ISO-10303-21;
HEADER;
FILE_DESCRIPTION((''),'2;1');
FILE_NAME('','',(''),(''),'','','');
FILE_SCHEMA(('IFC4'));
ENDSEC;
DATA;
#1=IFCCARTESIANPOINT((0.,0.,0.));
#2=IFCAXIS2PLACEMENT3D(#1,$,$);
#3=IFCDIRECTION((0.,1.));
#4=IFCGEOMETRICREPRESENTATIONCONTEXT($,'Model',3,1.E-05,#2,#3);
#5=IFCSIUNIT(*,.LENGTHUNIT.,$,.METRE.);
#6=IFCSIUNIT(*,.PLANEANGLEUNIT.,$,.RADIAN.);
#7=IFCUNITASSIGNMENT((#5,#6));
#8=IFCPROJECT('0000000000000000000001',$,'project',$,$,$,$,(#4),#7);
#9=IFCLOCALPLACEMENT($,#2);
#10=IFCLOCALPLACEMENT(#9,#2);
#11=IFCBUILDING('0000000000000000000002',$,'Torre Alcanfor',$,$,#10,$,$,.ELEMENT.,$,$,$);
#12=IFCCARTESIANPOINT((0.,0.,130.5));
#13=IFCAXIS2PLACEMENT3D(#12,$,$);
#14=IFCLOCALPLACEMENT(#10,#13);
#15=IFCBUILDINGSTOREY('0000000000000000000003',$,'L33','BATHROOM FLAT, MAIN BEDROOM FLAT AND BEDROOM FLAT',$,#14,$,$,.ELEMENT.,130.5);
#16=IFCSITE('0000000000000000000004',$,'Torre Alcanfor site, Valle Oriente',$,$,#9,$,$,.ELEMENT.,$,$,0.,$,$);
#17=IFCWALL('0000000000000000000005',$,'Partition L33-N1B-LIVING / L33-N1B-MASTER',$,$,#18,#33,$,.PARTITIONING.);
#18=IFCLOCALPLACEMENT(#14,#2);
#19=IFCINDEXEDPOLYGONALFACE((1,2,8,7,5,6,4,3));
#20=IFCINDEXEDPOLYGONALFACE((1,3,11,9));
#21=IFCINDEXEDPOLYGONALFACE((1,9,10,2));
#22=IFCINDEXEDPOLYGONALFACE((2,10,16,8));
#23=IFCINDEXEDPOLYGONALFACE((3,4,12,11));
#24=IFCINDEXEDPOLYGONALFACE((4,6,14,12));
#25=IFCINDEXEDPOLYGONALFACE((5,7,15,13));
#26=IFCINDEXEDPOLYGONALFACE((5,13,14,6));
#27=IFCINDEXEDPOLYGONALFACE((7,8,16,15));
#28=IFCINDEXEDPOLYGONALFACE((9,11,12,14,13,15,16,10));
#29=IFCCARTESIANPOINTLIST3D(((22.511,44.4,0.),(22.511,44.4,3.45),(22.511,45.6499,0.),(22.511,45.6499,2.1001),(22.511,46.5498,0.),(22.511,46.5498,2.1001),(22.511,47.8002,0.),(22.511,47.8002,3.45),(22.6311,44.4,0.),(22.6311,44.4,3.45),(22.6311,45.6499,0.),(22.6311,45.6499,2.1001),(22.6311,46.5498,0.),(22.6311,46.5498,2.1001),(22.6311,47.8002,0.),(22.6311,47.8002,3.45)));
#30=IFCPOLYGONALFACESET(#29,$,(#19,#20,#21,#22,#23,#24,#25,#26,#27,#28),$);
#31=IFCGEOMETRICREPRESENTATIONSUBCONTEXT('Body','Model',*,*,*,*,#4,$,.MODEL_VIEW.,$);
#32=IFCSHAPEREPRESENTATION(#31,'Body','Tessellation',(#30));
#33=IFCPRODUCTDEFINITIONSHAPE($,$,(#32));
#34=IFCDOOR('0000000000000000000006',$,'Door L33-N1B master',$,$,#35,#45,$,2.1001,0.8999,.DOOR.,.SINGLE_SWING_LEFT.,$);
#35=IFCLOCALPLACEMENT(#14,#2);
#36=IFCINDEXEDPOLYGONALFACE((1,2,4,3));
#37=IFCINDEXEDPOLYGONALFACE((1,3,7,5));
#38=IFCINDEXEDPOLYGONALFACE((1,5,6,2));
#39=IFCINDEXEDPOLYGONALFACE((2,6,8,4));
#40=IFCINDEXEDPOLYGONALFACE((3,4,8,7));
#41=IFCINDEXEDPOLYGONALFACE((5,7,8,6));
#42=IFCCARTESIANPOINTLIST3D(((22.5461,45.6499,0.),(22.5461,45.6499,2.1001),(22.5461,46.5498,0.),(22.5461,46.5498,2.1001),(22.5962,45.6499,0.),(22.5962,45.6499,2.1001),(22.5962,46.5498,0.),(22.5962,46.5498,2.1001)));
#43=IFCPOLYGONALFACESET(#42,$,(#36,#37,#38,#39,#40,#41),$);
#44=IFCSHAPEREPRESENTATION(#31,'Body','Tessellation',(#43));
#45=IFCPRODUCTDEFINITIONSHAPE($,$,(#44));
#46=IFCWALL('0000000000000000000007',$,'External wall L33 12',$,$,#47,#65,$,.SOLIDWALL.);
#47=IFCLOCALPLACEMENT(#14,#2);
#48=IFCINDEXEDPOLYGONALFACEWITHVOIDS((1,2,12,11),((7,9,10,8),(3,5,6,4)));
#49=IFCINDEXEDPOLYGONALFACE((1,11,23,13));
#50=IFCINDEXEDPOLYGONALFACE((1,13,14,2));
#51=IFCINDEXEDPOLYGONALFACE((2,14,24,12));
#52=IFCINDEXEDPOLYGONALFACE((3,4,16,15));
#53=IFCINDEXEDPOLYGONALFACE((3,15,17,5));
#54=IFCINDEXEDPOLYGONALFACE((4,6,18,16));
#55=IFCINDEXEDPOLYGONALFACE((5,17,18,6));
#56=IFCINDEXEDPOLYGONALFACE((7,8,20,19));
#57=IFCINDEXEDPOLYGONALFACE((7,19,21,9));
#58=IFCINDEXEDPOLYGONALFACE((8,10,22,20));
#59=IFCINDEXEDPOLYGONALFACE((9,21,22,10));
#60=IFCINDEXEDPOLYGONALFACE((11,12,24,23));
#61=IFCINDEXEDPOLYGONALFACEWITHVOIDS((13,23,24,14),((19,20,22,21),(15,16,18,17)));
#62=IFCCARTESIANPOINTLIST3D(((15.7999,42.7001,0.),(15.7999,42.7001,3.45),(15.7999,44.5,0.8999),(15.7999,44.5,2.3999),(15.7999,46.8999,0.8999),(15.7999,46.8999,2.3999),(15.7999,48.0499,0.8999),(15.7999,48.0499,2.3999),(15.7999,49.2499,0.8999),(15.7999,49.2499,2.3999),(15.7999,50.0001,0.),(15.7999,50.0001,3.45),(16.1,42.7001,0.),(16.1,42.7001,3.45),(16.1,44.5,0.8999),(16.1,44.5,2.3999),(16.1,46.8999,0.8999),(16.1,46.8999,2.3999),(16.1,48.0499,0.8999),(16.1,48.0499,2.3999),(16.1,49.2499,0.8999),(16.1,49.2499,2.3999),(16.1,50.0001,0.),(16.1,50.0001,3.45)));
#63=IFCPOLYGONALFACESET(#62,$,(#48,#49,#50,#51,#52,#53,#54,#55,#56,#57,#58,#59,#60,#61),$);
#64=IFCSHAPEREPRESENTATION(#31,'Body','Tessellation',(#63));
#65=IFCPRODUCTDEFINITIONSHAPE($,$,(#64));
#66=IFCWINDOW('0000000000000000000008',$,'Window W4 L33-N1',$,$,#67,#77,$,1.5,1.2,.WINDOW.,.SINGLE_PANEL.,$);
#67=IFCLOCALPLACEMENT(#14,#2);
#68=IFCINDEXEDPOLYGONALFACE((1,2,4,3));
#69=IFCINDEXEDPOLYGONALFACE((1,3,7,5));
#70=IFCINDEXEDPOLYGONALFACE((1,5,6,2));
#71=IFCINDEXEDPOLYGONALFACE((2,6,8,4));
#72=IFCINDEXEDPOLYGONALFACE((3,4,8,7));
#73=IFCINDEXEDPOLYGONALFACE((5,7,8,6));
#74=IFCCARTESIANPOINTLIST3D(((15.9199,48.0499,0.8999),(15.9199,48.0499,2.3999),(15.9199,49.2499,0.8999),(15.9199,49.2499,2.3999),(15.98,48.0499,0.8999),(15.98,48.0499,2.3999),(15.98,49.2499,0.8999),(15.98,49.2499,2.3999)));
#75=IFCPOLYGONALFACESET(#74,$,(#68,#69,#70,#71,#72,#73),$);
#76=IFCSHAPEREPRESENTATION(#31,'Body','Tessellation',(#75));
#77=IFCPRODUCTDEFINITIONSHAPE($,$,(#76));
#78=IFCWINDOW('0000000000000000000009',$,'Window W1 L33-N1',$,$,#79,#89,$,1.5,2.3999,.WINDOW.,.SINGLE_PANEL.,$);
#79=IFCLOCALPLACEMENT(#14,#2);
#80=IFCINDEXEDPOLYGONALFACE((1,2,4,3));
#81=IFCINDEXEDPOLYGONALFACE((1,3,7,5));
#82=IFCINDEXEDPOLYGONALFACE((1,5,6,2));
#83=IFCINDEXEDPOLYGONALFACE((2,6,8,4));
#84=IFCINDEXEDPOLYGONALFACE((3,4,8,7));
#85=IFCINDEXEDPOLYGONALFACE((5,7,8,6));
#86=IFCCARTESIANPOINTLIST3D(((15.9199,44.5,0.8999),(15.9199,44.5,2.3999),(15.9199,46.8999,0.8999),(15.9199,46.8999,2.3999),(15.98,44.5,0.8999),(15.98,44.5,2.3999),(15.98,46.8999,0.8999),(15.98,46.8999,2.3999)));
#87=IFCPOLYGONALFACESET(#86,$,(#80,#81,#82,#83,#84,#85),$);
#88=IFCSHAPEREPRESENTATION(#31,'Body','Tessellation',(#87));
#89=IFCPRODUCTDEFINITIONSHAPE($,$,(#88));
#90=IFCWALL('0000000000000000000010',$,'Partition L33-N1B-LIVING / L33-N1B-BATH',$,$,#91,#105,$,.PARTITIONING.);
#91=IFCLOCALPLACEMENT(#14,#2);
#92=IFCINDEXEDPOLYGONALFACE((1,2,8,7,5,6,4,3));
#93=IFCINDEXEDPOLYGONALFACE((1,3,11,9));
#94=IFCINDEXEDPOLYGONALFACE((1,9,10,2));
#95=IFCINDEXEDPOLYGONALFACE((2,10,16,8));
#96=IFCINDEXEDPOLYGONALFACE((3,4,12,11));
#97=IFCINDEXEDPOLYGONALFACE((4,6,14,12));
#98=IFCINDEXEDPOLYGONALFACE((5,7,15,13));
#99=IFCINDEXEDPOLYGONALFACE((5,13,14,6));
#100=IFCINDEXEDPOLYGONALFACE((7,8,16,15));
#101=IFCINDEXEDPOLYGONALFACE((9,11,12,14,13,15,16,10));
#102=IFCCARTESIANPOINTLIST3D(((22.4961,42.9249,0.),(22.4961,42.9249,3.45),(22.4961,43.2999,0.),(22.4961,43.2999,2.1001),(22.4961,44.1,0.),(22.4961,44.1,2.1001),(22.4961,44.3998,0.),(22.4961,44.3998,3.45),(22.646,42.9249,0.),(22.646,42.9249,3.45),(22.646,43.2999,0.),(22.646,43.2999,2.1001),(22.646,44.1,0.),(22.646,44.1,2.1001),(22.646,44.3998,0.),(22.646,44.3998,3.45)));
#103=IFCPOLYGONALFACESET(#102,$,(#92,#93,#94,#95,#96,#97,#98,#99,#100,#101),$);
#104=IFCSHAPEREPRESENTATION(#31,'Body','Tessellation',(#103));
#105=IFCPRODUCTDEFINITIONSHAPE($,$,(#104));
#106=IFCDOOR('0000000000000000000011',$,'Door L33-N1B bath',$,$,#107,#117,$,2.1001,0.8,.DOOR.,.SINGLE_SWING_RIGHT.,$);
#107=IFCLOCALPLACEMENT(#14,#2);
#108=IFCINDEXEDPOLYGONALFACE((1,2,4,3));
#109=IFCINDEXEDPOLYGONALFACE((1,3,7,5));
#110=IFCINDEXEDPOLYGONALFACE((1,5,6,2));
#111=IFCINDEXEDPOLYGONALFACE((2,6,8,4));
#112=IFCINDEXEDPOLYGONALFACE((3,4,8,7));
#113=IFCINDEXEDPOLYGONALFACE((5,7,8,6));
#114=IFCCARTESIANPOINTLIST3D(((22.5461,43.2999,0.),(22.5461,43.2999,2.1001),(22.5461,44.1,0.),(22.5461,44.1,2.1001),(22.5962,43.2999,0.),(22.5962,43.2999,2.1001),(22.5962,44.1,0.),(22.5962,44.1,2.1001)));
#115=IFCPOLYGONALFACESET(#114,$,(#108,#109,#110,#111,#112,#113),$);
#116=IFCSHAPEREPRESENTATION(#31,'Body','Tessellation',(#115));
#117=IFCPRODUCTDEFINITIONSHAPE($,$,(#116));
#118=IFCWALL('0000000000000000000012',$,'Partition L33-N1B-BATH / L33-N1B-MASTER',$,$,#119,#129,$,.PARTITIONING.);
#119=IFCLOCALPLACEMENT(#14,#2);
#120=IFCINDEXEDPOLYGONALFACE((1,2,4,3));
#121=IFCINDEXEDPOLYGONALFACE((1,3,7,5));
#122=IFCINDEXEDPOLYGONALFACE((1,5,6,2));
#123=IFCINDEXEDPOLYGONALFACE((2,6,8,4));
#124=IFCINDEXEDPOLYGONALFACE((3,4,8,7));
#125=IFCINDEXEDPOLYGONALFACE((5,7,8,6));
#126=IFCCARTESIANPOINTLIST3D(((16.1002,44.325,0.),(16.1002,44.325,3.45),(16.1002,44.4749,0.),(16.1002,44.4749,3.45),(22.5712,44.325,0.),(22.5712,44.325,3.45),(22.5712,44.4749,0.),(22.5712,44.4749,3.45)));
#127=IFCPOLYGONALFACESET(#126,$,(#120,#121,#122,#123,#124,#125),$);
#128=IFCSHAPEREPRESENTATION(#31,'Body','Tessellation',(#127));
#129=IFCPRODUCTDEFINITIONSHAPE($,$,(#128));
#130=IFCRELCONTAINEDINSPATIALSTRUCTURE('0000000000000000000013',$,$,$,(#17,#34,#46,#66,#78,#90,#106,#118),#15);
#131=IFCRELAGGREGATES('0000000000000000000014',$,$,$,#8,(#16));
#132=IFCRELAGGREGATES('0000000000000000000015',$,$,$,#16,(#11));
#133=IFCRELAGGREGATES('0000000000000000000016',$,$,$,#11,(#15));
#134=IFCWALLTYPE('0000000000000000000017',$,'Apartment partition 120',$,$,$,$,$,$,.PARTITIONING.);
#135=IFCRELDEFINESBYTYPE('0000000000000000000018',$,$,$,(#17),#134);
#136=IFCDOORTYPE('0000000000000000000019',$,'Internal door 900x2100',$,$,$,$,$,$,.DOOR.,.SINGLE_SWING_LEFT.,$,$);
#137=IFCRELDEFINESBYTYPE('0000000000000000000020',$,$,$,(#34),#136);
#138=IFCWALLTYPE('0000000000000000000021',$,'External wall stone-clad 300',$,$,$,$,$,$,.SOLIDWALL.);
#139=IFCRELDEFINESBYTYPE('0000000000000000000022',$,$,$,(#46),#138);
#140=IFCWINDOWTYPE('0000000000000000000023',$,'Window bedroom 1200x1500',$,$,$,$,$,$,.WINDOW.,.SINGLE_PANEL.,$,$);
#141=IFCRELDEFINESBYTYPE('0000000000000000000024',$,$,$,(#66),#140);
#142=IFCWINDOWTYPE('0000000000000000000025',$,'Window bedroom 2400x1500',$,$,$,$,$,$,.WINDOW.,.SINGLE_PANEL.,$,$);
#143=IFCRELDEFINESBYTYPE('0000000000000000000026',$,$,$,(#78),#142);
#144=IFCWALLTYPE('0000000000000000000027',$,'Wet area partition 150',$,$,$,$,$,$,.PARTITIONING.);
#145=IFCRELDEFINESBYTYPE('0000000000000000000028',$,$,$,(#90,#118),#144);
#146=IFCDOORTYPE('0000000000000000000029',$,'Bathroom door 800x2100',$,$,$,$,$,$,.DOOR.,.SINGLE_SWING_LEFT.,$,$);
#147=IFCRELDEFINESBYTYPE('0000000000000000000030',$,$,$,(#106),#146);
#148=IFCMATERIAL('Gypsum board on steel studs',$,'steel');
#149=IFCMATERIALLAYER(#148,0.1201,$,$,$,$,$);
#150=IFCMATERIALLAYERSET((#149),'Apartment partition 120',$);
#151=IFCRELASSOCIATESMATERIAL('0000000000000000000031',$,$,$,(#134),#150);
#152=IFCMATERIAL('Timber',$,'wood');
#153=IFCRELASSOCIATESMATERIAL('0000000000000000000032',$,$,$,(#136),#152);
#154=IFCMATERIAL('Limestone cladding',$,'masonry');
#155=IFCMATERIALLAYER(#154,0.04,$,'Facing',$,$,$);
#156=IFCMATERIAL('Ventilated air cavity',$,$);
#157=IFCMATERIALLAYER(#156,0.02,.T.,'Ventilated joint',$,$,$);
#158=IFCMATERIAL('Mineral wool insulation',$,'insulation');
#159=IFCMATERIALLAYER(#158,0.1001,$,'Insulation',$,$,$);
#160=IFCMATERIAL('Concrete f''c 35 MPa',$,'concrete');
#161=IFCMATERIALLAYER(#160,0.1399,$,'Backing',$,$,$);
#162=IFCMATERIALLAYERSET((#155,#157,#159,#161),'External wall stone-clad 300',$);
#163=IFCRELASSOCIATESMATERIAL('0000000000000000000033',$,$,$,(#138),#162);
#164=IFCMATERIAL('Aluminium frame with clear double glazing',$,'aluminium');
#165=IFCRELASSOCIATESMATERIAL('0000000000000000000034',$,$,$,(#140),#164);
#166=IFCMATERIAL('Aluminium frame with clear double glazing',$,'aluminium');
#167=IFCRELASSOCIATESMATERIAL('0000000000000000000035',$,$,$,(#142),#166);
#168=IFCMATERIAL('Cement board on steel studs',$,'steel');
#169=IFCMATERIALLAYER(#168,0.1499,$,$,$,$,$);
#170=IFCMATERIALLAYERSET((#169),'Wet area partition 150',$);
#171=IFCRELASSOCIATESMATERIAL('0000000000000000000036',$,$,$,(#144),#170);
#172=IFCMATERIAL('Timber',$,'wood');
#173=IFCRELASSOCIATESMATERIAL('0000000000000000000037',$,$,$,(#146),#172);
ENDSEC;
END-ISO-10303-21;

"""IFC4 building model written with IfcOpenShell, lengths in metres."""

from ifc_helpers import new_model, si_unit, direction, frame, frame_2d, origin, place, context, subcontext, project, spatial, rectangle, extrude, material, layer, layer_set, type_object, element, fill, save


model = new_model("IFC4")

# Units and contexts
model_context = context("Model", 3, precision=1e-05, world=origin(), true_north=direction((0.0, 1.0)))
body_context = subcontext(model_context, "Body", "Model", "MODEL_VIEW")
ifc_project = project(units=[si_unit("LENGTHUNIT", "METRE"), si_unit("PLANEANGLEUNIT", "RADIAN")], contexts=[model_context])

# Site, building, storey
site_placement = place(None, origin())
site = spatial("IfcSite", under=ifc_project, at=site_placement, Name="Torre Alcanfor site, Valle Oriente", CompositionType="ELEMENT", RefElevation=0.0)
building_placement = place(site_placement, origin())
building = spatial("IfcBuilding", under=site, at=building_placement, Name="Torre Alcanfor", CompositionType="ELEMENT")
storey_placement = place(building_placement, frame((0.0, 0.0, 130.5)))
storey = spatial("IfcBuildingStorey", under=building, at=storey_placement, Name="L33", Description="BATHROOM FLAT, MAIN BEDROOM FLAT AND BEDROOM FLAT", CompositionType="ELEMENT", Elevation=130.5)

# Wall, opening, door
ifc_material_1 = material(Name="Gypsum board on steel studs", Category="steel")
ifc_layer_1 = layer(ifc_material_1, 0.1201)
ifc_layer_set_1 = layer_set([ifc_layer_1], Name="Apartment partition 120")
wall_type_1 = type_object("IfcWallType", Name="Apartment partition 120", PredefinedType="PARTITIONING", material=ifc_layer_set_1)
wall_1_placement = place(storey_placement, frame((22.571, 44.3999, 0.0), z_axis=(0.0, 0.0, 1.0), x_axis=(0.0, 1.0, 0.0)))
wall_1 = element("IfcWall", 1, at=wall_1_placement, inside=storey, type_object=wall_type_1, Name="Partition L33-N1B-LIVING / L33-N1B-MASTER", PredefinedType="PARTITIONING", context=body_context, shape_type="SweptSolid", body=[
    extrude(rectangle(XDim=3.4001, YDim=0.1201, at=frame_2d((1.7002, 0.0))), origin(), (0.0, 0.0, 1.0), 3.45),
])
opening_1_placement = place(wall_1_placement, frame((1.25, 0.0, 0.0)))
opening_1 = element("IfcOpeningElement", 2, at=opening_1_placement, cuts=wall_1, PredefinedType="OPENING", context=body_context, shape_type="SweptSolid", body=[
    extrude(rectangle(XDim=0.8999, YDim=2.1001, at=frame_2d((0.45, 1.05))), frame((0.0, 0.0701, 0.0), z_axis=(0.0, -1.0, 0.0), x_axis=(1.0, 0.0, 0.0)), (0.0, 0.0, 1.0), 0.1401),
])
ifc_material_2 = material(Name="Timber", Category="wood")
door_type_1 = type_object("IfcDoorType", Name="Internal door 900x2100", OperationType="SINGLE_SWING_LEFT", PredefinedType="DOOR", material=ifc_material_2)
door_1_placement = place(opening_1_placement, origin())
door_1 = element("IfcDoor", 3, at=door_1_placement, inside=storey, type_object=door_type_1, Name="Door L33-N1B master", OperationType="SINGLE_SWING_LEFT", OverallHeight=2.1001, OverallWidth=0.8999, PredefinedType="DOOR", context=body_context, shape_type="SweptSolid", body=[
    extrude(rectangle(XDim=0.8999, YDim=2.1001, at=frame_2d((0.45, 1.05))), frame((0.0, 0.0249, 0.0), z_axis=(0.0, -1.0, 0.0), x_axis=(1.0, 0.0, 0.0)), (0.0, 0.0, 1.0), 0.05),
])
fill(opening_1, door_1)

# Wall, openings, windows
ifc_material_3 = material(Name="Limestone cladding", Category="masonry")
ifc_layer_2 = layer(ifc_material_3, 0.04, Name="Facing")
ifc_material_4 = material(Name="Ventilated air cavity")
ifc_layer_3 = layer(ifc_material_4, 0.02, ventilated=True, Name="Ventilated joint")
ifc_material_5 = material(Name="Mineral wool insulation", Category="insulation")
ifc_layer_4 = layer(ifc_material_5, 0.1001, Name="Insulation")
ifc_material_6 = material(Name="Concrete f'c 35 MPa", Category="concrete")
ifc_layer_5 = layer(ifc_material_6, 0.1399, Name="Backing")
ifc_layer_set_2 = layer_set([ifc_layer_2, ifc_layer_3, ifc_layer_4, ifc_layer_5], Name="External wall stone-clad 300")
wall_type_2 = type_object("IfcWallType", Name="External wall stone-clad 300", PredefinedType="SOLIDWALL", material=ifc_layer_set_2)
wall_2_placement = place(storey_placement, frame((15.95, 50.0, 0.0), z_axis=(0.0, 0.0, 1.0), x_axis=(0.0, -1.0, 0.0)))
wall_2 = element("IfcWall", 4, at=wall_2_placement, inside=storey, type_object=wall_type_2, Name="External wall L33 12", PredefinedType="SOLIDWALL", context=body_context, shape_type="SweptSolid", body=[
    extrude(rectangle(XDim=7.3, YDim=0.3, at=frame_2d((3.6499, 0.0))), origin(), (0.0, 0.0, 1.0), 3.45),
])
opening_2_placement = place(wall_2_placement, frame((3.1001, 0.0, 0.8999)))
opening_2 = element("IfcOpeningElement", 5, at=opening_2_placement, cuts=wall_2, PredefinedType="OPENING", context=body_context, shape_type="SweptSolid", body=[
    extrude(rectangle(XDim=2.3999, YDim=1.5, at=frame_2d((1.2, 0.75))), frame((0.0, 0.1599, 0.0), z_axis=(0.0, -1.0, 0.0), x_axis=(1.0, 0.0, 0.0)), (0.0, 0.0, 1.0), 0.3201),
])
opening_3_placement = place(wall_2_placement, frame((0.75, 0.0, 0.8999)))
opening_3 = element("IfcOpeningElement", 6, at=opening_3_placement, cuts=wall_2, PredefinedType="OPENING", context=body_context, shape_type="SweptSolid", body=[
    extrude(rectangle(XDim=1.2, YDim=1.5, at=frame_2d((0.6001, 0.75))), frame((0.0, 0.1599, 0.0), z_axis=(0.0, -1.0, 0.0), x_axis=(1.0, 0.0, 0.0)), (0.0, 0.0, 1.0), 0.3201),
])
ifc_material_7 = material(Name="Aluminium frame with clear double glazing", Category="aluminium")
window_type_1 = type_object("IfcWindowType", Name="Window bedroom 1200x1500", PartitioningType="SINGLE_PANEL", PredefinedType="WINDOW", material=ifc_material_7)
window_1_placement = place(opening_3_placement, origin())
window_1 = element("IfcWindow", 7, at=window_1_placement, inside=storey, type_object=window_type_1, Name="Window W4 L33-N1", OverallHeight=1.5, OverallWidth=1.2, PartitioningType="SINGLE_PANEL", PredefinedType="WINDOW", context=body_context, shape_type="SweptSolid", body=[
    extrude(rectangle(XDim=1.2, YDim=1.5, at=frame_2d((0.6001, 0.75))), frame((0.0, 0.03, 0.0), z_axis=(0.0, -1.0, 0.0), x_axis=(1.0, 0.0, 0.0)), (0.0, 0.0, 1.0), 0.0601),
])
fill(opening_3, window_1)
ifc_material_8 = material(Name="Aluminium frame with clear double glazing", Category="aluminium")
window_type_2 = type_object("IfcWindowType", Name="Window bedroom 2400x1500", PartitioningType="SINGLE_PANEL", PredefinedType="WINDOW", material=ifc_material_8)
window_2_placement = place(opening_2_placement, origin())
window_2 = element("IfcWindow", 8, at=window_2_placement, inside=storey, type_object=window_type_2, Name="Window W1 L33-N1", OverallHeight=1.5, OverallWidth=2.3999, PartitioningType="SINGLE_PANEL", PredefinedType="WINDOW", context=body_context, shape_type="SweptSolid", body=[
    extrude(rectangle(XDim=2.3999, YDim=1.5, at=frame_2d((1.2, 0.75))), frame((0.0, 0.03, 0.0), z_axis=(0.0, -1.0, 0.0), x_axis=(1.0, 0.0, 0.0)), (0.0, 0.0, 1.0), 0.0601),
])
fill(opening_2, window_2)

# Wall, opening, door
ifc_material_9 = material(Name="Cement board on steel studs", Category="steel")
ifc_layer_6 = layer(ifc_material_9, 0.1499)
ifc_layer_set_3 = layer_set([ifc_layer_6], Name="Wet area partition 150")
wall_type_3 = type_object("IfcWallType", Name="Wet area partition 150", PredefinedType="PARTITIONING", material=ifc_layer_set_3)
wall_3_placement = place(storey_placement, frame((22.571, 42.925, 0.0), z_axis=(0.0, 0.0, 1.0), x_axis=(0.0, 1.0, 0.0)))
wall_3 = element("IfcWall", 9, at=wall_3_placement, inside=storey, type_object=wall_type_3, Name="Partition L33-N1B-LIVING / L33-N1B-BATH", PredefinedType="PARTITIONING", context=body_context, shape_type="SweptSolid", body=[
    extrude(rectangle(XDim=1.4749, YDim=0.1499, at=frame_2d((0.7373, 0.0))), origin(), (0.0, 0.0, 1.0), 3.45),
])
opening_4_placement = place(wall_3_placement, frame((0.375, 0.0, 0.0)))
opening_4 = element("IfcOpeningElement", 10, at=opening_4_placement, cuts=wall_3, PredefinedType="OPENING", context=body_context, shape_type="SweptSolid", body=[
    extrude(rectangle(XDim=0.8, YDim=2.1001, at=frame_2d((0.3999, 1.05))), frame((0.0, 0.085, 0.0), z_axis=(0.0, -1.0, 0.0), x_axis=(1.0, 0.0, 0.0)), (0.0, 0.0, 1.0), 0.1699),
])
ifc_material_10 = material(Name="Timber", Category="wood")
door_type_2 = type_object("IfcDoorType", Name="Bathroom door 800x2100", OperationType="SINGLE_SWING_LEFT", PredefinedType="DOOR", material=ifc_material_10)
door_2_placement = place(opening_4_placement, origin())
door_2 = element("IfcDoor", 11, at=door_2_placement, inside=storey, type_object=door_type_2, Name="Door L33-N1B bath", OperationType="SINGLE_SWING_RIGHT", OverallHeight=2.1001, OverallWidth=0.8, PredefinedType="DOOR", context=body_context, shape_type="SweptSolid", body=[
    extrude(rectangle(XDim=0.8, YDim=2.1001, at=frame_2d((0.3999, 1.05))), frame((0.0, 0.0249, 0.0), z_axis=(0.0, -1.0, 0.0), x_axis=(1.0, 0.0, 0.0)), (0.0, 0.0, 1.0), 0.05),
])
fill(opening_4, door_2)

# Wall
wall_4_placement = place(storey_placement, frame((22.571, 44.3999, 0.0), z_axis=(0.0, 0.0, 1.0), x_axis=(-1.0, 0.0, 0.0)))
element("IfcWall", 12, at=wall_4_placement, inside=storey, type_object=wall_type_3, Name="Partition L33-N1B-BATH / L33-N1B-MASTER", PredefinedType="PARTITIONING", context=body_context, shape_type="SweptSolid", body=[
    extrude(rectangle(XDim=6.4709, YDim=0.1499, at=frame_2d((3.2354, 0.0))), origin(), (0.0, 0.0, 1.0), 3.45),
])

save(model, "model.ifc")
